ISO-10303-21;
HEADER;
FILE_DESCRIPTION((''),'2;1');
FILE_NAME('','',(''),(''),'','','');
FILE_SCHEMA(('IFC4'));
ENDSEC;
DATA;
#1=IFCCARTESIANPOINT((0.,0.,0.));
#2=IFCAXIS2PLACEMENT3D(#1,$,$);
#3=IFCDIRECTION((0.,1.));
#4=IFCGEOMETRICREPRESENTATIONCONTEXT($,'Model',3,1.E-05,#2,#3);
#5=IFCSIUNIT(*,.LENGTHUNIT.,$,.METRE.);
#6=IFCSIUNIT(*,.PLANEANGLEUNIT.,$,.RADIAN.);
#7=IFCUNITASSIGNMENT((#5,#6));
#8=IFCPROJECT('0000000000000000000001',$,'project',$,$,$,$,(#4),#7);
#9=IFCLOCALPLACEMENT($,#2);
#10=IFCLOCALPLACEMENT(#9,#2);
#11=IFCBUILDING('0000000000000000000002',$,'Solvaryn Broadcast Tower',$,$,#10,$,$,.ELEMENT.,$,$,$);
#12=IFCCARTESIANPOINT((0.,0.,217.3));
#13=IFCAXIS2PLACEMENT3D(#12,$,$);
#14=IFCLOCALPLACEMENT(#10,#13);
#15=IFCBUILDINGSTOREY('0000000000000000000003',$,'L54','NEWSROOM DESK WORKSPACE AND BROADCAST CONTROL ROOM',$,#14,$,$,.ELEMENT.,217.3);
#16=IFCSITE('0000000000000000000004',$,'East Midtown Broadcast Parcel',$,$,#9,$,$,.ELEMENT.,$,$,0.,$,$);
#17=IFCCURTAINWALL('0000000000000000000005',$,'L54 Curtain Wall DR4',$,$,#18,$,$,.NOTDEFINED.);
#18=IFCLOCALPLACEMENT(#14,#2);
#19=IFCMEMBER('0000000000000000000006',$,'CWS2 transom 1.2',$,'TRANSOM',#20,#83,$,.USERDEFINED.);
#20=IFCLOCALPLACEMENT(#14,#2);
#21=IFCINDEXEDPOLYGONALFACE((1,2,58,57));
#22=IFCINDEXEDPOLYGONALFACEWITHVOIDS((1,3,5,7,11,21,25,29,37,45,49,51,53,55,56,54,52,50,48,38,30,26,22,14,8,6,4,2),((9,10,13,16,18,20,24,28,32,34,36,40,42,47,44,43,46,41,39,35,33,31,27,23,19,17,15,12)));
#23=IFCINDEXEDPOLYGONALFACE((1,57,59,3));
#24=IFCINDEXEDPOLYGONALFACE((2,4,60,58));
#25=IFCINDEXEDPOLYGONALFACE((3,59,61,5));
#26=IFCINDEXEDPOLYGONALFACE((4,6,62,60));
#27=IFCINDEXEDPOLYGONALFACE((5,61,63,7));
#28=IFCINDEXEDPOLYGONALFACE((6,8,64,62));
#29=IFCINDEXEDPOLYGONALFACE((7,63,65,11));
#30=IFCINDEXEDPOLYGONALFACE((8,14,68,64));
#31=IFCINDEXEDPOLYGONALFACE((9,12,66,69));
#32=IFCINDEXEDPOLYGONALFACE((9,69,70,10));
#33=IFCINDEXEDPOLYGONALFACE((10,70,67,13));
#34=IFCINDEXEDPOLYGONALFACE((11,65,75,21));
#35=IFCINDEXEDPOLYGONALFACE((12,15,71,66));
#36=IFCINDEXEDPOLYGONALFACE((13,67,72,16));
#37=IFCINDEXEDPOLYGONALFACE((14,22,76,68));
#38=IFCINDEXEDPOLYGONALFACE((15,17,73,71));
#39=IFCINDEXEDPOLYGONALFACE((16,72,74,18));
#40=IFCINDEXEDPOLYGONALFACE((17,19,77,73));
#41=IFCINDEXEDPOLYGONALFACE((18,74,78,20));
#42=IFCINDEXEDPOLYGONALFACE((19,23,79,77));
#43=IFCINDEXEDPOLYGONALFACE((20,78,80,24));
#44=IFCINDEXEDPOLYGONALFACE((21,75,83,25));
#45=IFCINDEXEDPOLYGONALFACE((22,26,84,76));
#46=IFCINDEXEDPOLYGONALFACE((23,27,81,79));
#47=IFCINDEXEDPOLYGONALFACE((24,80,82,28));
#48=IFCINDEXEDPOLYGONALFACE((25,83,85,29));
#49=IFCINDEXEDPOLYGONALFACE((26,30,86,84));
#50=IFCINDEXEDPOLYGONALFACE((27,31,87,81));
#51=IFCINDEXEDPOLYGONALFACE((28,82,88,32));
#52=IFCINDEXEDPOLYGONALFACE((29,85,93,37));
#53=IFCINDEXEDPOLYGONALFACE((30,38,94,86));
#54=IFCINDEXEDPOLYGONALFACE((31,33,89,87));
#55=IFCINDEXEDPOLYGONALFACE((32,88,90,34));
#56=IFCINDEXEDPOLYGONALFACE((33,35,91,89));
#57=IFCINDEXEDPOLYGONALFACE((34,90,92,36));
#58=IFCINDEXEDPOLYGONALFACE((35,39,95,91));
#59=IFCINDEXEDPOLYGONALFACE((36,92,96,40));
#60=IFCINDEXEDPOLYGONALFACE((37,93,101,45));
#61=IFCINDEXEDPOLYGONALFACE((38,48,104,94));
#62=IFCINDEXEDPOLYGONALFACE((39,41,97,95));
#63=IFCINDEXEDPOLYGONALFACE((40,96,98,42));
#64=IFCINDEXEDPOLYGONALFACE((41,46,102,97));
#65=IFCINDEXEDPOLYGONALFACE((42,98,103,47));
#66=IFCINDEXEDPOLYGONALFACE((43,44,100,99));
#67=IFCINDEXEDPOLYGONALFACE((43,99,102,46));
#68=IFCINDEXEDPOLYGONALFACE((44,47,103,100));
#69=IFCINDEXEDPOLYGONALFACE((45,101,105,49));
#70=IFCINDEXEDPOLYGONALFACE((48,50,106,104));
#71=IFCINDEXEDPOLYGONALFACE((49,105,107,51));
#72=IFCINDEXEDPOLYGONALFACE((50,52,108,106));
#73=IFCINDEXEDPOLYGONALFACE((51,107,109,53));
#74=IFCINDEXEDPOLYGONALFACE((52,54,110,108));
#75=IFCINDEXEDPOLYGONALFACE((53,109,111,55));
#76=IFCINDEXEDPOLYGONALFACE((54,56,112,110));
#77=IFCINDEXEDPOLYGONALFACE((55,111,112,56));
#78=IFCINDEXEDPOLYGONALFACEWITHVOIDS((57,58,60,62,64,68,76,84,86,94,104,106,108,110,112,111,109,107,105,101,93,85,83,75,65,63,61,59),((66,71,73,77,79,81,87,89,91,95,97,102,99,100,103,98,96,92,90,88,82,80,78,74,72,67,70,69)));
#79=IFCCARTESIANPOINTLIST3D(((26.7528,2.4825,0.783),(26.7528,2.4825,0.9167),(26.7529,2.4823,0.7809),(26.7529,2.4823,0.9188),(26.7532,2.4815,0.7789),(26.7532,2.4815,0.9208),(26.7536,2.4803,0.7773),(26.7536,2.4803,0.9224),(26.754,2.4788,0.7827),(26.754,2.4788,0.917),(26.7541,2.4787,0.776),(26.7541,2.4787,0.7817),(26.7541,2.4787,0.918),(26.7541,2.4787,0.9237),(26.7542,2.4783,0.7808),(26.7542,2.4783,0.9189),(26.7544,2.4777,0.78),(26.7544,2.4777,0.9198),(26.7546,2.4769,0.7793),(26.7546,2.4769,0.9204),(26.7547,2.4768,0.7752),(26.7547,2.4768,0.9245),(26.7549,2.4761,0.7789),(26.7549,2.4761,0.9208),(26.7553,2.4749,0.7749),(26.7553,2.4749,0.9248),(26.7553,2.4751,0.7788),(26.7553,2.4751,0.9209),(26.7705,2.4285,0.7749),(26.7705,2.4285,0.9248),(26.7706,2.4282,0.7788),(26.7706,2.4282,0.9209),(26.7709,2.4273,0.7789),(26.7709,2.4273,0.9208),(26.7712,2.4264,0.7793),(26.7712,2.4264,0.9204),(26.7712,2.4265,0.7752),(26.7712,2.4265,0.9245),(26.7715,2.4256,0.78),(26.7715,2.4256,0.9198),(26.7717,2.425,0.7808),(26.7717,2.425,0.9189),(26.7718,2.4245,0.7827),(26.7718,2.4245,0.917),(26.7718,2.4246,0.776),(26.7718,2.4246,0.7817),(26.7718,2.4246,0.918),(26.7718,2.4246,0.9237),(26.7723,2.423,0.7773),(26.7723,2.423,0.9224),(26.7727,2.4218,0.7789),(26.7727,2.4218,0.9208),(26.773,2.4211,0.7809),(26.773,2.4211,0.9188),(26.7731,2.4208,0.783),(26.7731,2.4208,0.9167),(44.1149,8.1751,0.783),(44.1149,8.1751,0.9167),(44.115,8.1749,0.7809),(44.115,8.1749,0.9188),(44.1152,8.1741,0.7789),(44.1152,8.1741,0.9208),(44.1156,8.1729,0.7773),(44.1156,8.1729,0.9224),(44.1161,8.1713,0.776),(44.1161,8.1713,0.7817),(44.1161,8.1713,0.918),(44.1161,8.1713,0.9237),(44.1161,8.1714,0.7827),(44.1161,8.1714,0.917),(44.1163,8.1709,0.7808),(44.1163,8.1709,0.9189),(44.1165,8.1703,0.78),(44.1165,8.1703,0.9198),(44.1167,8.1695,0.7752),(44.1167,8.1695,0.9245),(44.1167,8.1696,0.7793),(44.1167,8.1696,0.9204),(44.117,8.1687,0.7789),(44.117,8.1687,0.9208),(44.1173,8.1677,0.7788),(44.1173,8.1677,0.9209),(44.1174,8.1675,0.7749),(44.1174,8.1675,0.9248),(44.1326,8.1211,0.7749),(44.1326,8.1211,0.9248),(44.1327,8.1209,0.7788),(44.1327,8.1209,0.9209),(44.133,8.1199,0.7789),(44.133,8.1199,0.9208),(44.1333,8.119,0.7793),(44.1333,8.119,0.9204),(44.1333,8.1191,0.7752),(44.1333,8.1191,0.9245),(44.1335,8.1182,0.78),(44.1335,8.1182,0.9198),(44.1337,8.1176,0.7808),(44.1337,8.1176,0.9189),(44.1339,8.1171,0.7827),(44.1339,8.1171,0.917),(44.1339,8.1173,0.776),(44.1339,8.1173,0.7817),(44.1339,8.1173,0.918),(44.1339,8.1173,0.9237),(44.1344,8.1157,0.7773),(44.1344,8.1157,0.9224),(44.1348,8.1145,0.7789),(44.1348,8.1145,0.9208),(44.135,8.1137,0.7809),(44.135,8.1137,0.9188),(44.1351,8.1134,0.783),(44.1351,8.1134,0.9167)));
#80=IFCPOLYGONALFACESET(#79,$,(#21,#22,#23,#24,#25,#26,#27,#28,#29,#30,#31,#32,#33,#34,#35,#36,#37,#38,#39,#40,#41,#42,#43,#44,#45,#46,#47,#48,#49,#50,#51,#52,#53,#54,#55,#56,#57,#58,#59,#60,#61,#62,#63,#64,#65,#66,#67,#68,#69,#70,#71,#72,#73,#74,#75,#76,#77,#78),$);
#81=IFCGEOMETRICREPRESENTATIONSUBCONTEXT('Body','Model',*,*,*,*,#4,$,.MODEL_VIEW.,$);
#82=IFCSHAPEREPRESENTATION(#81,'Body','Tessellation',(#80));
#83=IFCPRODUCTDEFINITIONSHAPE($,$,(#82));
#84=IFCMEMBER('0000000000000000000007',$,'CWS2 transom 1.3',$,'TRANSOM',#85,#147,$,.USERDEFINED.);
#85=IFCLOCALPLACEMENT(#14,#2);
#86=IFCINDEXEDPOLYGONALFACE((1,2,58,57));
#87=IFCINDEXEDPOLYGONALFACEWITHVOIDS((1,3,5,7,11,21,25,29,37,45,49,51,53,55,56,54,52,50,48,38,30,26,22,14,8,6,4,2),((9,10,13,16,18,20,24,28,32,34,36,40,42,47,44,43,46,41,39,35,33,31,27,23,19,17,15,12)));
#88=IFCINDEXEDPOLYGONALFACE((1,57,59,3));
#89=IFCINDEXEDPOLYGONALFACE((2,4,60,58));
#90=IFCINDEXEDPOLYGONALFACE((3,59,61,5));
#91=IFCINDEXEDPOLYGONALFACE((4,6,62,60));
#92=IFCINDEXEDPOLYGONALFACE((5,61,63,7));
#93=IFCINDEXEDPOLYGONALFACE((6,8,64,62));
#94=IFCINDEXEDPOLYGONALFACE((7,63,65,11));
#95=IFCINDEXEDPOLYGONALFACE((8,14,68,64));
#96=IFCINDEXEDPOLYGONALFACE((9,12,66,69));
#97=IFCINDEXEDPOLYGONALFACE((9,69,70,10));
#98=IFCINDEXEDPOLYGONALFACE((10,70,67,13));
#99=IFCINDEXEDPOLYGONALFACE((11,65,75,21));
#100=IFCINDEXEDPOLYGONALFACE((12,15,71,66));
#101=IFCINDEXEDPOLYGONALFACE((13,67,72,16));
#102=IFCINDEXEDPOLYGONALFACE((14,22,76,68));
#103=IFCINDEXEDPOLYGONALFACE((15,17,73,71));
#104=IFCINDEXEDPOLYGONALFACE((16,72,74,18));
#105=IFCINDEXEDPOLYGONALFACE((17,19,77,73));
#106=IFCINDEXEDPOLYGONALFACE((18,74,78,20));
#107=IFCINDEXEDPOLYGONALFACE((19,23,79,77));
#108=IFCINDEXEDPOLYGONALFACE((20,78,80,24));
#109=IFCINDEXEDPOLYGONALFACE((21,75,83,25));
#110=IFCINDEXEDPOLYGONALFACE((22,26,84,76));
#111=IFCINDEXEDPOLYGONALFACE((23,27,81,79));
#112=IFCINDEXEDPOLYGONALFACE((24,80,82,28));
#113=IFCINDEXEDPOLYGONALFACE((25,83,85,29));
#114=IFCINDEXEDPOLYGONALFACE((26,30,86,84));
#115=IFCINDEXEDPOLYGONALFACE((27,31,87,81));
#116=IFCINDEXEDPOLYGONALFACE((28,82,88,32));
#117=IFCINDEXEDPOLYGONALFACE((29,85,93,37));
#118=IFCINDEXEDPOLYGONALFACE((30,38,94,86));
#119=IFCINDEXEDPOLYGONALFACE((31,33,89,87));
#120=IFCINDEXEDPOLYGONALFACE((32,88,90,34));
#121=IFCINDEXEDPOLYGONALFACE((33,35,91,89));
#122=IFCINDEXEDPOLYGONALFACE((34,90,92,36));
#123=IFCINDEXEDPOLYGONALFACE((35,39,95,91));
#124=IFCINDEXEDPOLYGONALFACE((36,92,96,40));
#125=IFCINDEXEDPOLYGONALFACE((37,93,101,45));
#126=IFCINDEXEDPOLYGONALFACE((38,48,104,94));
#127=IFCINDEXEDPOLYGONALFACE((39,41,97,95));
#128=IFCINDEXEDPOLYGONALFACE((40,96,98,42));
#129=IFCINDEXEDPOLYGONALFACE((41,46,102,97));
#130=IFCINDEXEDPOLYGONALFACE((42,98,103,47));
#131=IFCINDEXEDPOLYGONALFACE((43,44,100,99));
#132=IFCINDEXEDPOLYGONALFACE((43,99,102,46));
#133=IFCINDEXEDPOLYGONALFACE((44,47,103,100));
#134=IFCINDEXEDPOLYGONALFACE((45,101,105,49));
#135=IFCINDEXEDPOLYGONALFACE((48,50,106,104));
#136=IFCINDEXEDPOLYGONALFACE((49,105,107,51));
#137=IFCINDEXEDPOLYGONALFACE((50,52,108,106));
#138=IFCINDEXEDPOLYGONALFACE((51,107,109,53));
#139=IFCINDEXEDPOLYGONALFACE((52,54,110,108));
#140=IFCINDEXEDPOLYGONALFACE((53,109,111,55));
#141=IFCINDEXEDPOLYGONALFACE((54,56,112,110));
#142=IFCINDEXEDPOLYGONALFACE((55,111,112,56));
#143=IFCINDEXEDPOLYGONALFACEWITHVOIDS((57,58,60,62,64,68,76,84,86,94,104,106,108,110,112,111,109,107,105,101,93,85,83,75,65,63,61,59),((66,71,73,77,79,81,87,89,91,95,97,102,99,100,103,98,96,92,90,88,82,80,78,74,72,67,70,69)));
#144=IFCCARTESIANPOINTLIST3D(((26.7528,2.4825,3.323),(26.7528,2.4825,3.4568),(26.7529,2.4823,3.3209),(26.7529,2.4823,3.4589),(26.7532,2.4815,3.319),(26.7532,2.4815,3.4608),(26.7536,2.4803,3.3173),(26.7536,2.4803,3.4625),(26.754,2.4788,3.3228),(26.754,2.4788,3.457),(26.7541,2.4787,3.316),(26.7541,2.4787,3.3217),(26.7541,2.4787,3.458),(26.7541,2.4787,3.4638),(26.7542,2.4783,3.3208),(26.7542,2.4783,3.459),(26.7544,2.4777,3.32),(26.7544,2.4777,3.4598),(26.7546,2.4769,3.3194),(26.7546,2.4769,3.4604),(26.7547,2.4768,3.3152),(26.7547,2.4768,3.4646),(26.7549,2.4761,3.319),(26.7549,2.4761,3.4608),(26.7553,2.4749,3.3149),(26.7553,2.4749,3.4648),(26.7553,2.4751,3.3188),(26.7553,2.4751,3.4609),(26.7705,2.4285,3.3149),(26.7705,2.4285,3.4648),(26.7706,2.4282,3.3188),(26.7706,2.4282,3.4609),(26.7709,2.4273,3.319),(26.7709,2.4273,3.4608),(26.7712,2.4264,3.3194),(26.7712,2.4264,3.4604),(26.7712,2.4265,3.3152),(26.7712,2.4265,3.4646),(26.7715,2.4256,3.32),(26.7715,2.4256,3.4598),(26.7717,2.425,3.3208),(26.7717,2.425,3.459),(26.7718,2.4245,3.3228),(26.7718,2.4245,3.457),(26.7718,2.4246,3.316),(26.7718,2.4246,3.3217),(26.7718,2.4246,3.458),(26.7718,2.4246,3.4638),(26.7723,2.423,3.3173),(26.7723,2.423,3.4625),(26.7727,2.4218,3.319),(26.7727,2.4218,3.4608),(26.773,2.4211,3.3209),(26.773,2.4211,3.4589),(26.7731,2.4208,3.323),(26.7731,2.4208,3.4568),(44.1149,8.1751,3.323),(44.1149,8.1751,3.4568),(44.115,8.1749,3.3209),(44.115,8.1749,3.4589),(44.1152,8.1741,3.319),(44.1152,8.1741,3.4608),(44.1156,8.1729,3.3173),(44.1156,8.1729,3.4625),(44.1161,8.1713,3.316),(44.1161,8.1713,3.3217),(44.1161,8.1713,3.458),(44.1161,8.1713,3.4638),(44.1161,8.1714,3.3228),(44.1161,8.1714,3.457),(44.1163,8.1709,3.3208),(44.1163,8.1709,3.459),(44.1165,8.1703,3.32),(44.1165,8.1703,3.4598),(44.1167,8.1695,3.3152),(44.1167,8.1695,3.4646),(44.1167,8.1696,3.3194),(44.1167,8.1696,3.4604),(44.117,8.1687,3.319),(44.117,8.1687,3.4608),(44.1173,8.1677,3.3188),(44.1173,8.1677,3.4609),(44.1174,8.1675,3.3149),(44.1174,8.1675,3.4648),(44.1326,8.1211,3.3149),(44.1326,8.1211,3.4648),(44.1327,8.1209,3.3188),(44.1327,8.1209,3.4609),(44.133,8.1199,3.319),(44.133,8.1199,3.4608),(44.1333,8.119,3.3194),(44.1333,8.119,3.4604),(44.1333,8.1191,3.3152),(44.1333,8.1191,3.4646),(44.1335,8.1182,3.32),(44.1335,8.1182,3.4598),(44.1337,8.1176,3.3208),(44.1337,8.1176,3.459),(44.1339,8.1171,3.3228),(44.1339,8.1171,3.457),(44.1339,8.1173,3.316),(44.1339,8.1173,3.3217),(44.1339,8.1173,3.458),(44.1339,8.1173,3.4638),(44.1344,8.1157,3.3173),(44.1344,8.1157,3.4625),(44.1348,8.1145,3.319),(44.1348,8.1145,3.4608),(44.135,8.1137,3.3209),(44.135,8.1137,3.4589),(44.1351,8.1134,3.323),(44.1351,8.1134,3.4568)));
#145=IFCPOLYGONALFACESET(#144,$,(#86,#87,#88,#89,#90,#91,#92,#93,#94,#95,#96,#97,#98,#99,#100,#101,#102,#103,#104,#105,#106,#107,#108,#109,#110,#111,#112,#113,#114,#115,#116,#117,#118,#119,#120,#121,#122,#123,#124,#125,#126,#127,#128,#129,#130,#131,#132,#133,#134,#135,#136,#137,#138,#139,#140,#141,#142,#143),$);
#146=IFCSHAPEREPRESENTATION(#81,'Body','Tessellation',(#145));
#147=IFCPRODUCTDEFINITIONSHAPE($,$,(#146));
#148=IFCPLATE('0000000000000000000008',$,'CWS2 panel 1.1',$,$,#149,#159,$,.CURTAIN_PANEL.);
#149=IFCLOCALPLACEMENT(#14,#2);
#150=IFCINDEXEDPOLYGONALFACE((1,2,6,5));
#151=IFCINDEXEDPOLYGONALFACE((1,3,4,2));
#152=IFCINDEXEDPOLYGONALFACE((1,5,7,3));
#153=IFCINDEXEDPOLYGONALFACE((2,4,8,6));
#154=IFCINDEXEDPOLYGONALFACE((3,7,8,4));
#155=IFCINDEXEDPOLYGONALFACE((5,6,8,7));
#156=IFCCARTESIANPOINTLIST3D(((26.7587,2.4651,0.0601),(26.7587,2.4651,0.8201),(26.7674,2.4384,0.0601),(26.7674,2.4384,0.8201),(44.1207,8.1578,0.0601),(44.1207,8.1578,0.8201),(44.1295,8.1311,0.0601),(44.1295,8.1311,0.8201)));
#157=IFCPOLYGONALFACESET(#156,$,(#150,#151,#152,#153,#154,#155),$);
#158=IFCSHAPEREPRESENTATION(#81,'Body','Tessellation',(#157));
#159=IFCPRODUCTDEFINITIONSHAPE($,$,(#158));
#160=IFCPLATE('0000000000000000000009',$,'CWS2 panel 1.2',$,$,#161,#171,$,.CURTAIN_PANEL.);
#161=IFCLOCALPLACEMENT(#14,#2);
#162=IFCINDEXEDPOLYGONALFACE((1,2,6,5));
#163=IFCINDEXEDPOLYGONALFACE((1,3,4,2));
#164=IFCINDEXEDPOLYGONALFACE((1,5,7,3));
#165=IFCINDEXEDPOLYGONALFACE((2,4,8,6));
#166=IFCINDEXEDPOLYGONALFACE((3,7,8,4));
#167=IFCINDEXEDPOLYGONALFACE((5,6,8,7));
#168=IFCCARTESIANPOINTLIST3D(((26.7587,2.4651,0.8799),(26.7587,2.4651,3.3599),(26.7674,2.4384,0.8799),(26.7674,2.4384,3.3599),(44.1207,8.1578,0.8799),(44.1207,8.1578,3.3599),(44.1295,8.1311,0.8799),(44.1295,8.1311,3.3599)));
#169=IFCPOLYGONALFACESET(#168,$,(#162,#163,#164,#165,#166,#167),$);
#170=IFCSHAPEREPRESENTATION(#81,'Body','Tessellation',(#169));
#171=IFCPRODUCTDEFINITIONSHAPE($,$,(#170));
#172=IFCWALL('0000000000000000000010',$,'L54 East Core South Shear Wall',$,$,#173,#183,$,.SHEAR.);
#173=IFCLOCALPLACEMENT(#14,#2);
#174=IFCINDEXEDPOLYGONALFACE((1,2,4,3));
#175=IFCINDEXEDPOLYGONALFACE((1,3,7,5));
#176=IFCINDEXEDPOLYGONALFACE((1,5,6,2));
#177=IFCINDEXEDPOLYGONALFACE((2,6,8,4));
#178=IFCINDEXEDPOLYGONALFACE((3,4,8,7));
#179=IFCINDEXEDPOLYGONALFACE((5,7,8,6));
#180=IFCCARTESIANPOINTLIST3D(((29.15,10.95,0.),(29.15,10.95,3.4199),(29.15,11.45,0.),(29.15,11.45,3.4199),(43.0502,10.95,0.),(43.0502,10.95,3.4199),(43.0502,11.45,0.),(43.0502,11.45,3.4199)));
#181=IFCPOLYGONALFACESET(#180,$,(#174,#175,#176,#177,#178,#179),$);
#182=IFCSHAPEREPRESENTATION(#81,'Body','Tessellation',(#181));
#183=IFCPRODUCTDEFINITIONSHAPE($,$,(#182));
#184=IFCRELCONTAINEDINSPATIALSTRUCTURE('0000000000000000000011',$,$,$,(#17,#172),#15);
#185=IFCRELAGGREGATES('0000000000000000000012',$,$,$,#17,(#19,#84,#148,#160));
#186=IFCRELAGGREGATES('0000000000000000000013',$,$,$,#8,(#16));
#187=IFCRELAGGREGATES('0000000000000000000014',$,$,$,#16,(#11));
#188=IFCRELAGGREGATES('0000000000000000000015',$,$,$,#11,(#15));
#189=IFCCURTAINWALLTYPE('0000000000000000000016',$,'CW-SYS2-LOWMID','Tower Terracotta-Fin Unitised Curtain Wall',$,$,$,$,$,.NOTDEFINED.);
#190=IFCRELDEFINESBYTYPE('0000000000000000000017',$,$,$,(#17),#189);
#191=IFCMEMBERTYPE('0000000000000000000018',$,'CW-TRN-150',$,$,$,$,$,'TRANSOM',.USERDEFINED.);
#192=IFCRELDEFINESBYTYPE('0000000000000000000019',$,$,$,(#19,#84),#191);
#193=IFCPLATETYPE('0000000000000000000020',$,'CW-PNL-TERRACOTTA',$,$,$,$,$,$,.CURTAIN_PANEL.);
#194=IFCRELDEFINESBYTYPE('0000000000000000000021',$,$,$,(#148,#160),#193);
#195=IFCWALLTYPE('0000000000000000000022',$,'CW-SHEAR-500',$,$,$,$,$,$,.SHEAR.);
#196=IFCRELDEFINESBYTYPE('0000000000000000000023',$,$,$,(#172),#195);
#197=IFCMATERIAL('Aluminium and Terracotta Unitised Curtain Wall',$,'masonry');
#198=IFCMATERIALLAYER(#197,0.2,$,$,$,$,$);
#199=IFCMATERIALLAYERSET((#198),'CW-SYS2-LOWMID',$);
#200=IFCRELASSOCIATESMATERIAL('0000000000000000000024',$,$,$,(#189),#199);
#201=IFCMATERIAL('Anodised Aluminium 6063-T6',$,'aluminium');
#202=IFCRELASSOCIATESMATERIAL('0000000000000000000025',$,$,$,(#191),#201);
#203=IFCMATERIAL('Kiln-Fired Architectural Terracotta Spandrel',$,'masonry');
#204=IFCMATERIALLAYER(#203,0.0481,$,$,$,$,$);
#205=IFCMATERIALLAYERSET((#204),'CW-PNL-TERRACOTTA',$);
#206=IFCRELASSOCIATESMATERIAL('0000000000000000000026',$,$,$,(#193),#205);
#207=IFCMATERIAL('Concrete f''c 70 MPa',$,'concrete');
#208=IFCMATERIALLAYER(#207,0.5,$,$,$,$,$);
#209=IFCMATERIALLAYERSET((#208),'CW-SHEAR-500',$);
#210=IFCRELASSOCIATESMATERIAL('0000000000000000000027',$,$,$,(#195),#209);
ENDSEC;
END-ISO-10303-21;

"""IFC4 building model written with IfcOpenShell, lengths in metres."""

from ifc_helpers import new_model, si_unit, direction, frame, frame_2d, origin, origin_2d, place, context, subcontext, project, spatial, rectangle, hollow_rectangle, extrude, material, layer, layer_set, material_profile, profile_set, type_object, element, aggregate, save


model = new_model("IFC4")

# Units and contexts
model_context = context("Model", 3, precision=1e-05, world=origin(), true_north=direction((0.0, 1.0)))
body_context = subcontext(model_context, "Body", "Model", "MODEL_VIEW")
ifc_project = project(units=[si_unit("LENGTHUNIT", "METRE"), si_unit("PLANEANGLEUNIT", "RADIAN")], contexts=[model_context])

# Site, building, storey
site_placement = place(None, origin())
site = spatial("IfcSite", under=ifc_project, at=site_placement, Name="East Midtown Broadcast Parcel", CompositionType="ELEMENT", RefElevation=0.0)
building_placement = place(site_placement, origin())
building = spatial("IfcBuilding", under=site, at=building_placement, Name="Solvaryn Broadcast Tower", CompositionType="ELEMENT")
storey_placement = place(building_placement, frame((0.0, 0.0, 217.3)))
storey = spatial("IfcBuildingStorey", under=building, at=storey_placement, Name="L54", Description="NEWSROOM DESK WORKSPACE AND BROADCAST CONTROL ROOM", CompositionType="ELEMENT", Elevation=217.3)

# Shared definitions
ifc_material_1 = material(Name="Aluminium and Terracotta Unitised Curtain Wall", Category="masonry")
ifc_layer_1 = layer(ifc_material_1, 0.2)
ifc_layer_set_1 = layer_set([ifc_layer_1], Name="CW-SYS2-LOWMID")
curtain_wall_type = type_object("IfcCurtainWallType", Name="CW-SYS2-LOWMID", Description="Tower Terracotta-Fin Unitised Curtain Wall", PredefinedType="NOTDEFINED", material=ifc_layer_set_1)

# Curtain wall, members, plates
curtain_wall_1_placement = place(storey_placement, origin())
curtain_wall_1 = element("IfcCurtainWall", 1, at=curtain_wall_1_placement, inside=storey, type_object=curtain_wall_type, Name="L54 Curtain Wall DR4", PredefinedType="NOTDEFINED")
ifc_material_2 = material(Name="Anodised Aluminium 6063-T6", Category="aluminium")
ifc_material_profile_1 = material_profile(ifc_material_2, hollow_rectangle(XDim=0.0649, YDim=0.1499, WallThickness=0.0039, InnerFilletRadius=0.0039, OuterFilletRadius=0.0081, at=origin_2d()))
ifc_profile_set_1 = profile_set([ifc_material_profile_1], Name="Anodised Aluminium 6063-T6")
member_type_1 = type_object("IfcMemberType", Name="CW-TRN-150", ElementType="TRANSOM", PredefinedType="USERDEFINED", material=ifc_profile_set_1)
member_1_placement = place(storey_placement, frame((26.7629, 2.4517, 0.8499), z_axis=(0.950227, 0.311558, 0.0), x_axis=(-0.311558, 0.950227, 0.0)))
member_1 = element("IfcMember", 2, at=member_1_placement, type_object=member_type_1, Name="CWS2 transom 1.2", ObjectType="TRANSOM", PredefinedType="USERDEFINED", context=body_context, shape_type="SweptSolid", body=[
    extrude(hollow_rectangle(XDim=0.0649, YDim=0.1499, WallThickness=0.0039, InnerFilletRadius=0.0039, OuterFilletRadius=0.0081, at=origin_2d()), origin(), (0.0, 0.0, 1.0), 18.2715),
])
member_2_placement = place(storey_placement, frame((26.7629, 2.4517, 3.3899), z_axis=(0.950227, 0.311558, 0.0), x_axis=(-0.311558, 0.950227, 0.0)))
member_2 = element("IfcMember", 3, at=member_2_placement, type_object=member_type_1, Name="CWS2 transom 1.3", ObjectType="TRANSOM", PredefinedType="USERDEFINED", context=body_context, shape_type="SweptSolid", body=[
    extrude(hollow_rectangle(XDim=0.0649, YDim=0.1499, WallThickness=0.0039, InnerFilletRadius=0.0039, OuterFilletRadius=0.0081, at=origin_2d()), origin(), (0.0, 0.0, 1.0), 18.2715),
])
ifc_material_3 = material(Name="Kiln-Fired Architectural Terracotta Spandrel", Category="masonry")
ifc_layer_2 = layer(ifc_material_3, 0.0481)
ifc_layer_set_2 = layer_set([ifc_layer_2], Name="CW-PNL-TERRACOTTA")
plate_type = type_object("IfcPlateType", Name="CW-PNL-TERRACOTTA", PredefinedType="CURTAIN_PANEL", material=ifc_layer_set_2)
plate_1_placement = place(storey_placement, frame((35.4441, 5.2981, 0.0601), z_axis=(0.0, 0.0, 1.0), x_axis=(0.950227, 0.311559, 0.0)))
plate_1 = element("IfcPlate", 4, at=plate_1_placement, type_object=plate_type, Name="CWS2 panel 1.1", PredefinedType="CURTAIN_PANEL", context=body_context, shape_type="SweptSolid", body=[
    extrude(rectangle(XDim=18.2715, YDim=0.0281, at=origin_2d()), origin(), (0.0, 0.0, 1.0), 0.76),
])
plate_2_placement = place(storey_placement, frame((35.4441, 5.2981, 0.8799), z_axis=(0.0, 0.0, 1.0), x_axis=(0.950227, 0.311559, 0.0)))
plate_2 = element("IfcPlate", 5, at=plate_2_placement, type_object=plate_type, Name="CWS2 panel 1.2", PredefinedType="CURTAIN_PANEL", context=body_context, shape_type="SweptSolid", body=[
    extrude(rectangle(XDim=18.2715, YDim=0.0281, at=origin_2d()), origin(), (0.0, 0.0, 1.0), 2.48),
])
aggregate(curtain_wall_1, [member_1, member_2, plate_1, plate_2])

# Wall
ifc_material_4 = material(Name="Concrete f'c 70 MPa", Category="concrete")
ifc_layer_3 = layer(ifc_material_4, 0.5)
ifc_layer_set_3 = layer_set([ifc_layer_3], Name="CW-SHEAR-500")
wall_type_1 = type_object("IfcWallType", Name="CW-SHEAR-500", PredefinedType="SHEAR", material=ifc_layer_set_3)
wall_1_placement = place(storey_placement, frame((29.1499, 11.2, 0.0), z_axis=(0.0, 0.0, 1.0), x_axis=(1.0, 0.0, 0.0)))
element("IfcWall", 6, at=wall_1_placement, inside=storey, type_object=wall_type_1, Name="L54 East Core South Shear Wall", PredefinedType="SHEAR", context=body_context, shape_type="SweptSolid", body=[
    extrude(rectangle(XDim=13.9001, YDim=0.5, at=frame_2d((6.9502, 0.0))), origin(), (0.0, 0.0, 1.0), 3.4199),
])

save(model, "model.ifc")
